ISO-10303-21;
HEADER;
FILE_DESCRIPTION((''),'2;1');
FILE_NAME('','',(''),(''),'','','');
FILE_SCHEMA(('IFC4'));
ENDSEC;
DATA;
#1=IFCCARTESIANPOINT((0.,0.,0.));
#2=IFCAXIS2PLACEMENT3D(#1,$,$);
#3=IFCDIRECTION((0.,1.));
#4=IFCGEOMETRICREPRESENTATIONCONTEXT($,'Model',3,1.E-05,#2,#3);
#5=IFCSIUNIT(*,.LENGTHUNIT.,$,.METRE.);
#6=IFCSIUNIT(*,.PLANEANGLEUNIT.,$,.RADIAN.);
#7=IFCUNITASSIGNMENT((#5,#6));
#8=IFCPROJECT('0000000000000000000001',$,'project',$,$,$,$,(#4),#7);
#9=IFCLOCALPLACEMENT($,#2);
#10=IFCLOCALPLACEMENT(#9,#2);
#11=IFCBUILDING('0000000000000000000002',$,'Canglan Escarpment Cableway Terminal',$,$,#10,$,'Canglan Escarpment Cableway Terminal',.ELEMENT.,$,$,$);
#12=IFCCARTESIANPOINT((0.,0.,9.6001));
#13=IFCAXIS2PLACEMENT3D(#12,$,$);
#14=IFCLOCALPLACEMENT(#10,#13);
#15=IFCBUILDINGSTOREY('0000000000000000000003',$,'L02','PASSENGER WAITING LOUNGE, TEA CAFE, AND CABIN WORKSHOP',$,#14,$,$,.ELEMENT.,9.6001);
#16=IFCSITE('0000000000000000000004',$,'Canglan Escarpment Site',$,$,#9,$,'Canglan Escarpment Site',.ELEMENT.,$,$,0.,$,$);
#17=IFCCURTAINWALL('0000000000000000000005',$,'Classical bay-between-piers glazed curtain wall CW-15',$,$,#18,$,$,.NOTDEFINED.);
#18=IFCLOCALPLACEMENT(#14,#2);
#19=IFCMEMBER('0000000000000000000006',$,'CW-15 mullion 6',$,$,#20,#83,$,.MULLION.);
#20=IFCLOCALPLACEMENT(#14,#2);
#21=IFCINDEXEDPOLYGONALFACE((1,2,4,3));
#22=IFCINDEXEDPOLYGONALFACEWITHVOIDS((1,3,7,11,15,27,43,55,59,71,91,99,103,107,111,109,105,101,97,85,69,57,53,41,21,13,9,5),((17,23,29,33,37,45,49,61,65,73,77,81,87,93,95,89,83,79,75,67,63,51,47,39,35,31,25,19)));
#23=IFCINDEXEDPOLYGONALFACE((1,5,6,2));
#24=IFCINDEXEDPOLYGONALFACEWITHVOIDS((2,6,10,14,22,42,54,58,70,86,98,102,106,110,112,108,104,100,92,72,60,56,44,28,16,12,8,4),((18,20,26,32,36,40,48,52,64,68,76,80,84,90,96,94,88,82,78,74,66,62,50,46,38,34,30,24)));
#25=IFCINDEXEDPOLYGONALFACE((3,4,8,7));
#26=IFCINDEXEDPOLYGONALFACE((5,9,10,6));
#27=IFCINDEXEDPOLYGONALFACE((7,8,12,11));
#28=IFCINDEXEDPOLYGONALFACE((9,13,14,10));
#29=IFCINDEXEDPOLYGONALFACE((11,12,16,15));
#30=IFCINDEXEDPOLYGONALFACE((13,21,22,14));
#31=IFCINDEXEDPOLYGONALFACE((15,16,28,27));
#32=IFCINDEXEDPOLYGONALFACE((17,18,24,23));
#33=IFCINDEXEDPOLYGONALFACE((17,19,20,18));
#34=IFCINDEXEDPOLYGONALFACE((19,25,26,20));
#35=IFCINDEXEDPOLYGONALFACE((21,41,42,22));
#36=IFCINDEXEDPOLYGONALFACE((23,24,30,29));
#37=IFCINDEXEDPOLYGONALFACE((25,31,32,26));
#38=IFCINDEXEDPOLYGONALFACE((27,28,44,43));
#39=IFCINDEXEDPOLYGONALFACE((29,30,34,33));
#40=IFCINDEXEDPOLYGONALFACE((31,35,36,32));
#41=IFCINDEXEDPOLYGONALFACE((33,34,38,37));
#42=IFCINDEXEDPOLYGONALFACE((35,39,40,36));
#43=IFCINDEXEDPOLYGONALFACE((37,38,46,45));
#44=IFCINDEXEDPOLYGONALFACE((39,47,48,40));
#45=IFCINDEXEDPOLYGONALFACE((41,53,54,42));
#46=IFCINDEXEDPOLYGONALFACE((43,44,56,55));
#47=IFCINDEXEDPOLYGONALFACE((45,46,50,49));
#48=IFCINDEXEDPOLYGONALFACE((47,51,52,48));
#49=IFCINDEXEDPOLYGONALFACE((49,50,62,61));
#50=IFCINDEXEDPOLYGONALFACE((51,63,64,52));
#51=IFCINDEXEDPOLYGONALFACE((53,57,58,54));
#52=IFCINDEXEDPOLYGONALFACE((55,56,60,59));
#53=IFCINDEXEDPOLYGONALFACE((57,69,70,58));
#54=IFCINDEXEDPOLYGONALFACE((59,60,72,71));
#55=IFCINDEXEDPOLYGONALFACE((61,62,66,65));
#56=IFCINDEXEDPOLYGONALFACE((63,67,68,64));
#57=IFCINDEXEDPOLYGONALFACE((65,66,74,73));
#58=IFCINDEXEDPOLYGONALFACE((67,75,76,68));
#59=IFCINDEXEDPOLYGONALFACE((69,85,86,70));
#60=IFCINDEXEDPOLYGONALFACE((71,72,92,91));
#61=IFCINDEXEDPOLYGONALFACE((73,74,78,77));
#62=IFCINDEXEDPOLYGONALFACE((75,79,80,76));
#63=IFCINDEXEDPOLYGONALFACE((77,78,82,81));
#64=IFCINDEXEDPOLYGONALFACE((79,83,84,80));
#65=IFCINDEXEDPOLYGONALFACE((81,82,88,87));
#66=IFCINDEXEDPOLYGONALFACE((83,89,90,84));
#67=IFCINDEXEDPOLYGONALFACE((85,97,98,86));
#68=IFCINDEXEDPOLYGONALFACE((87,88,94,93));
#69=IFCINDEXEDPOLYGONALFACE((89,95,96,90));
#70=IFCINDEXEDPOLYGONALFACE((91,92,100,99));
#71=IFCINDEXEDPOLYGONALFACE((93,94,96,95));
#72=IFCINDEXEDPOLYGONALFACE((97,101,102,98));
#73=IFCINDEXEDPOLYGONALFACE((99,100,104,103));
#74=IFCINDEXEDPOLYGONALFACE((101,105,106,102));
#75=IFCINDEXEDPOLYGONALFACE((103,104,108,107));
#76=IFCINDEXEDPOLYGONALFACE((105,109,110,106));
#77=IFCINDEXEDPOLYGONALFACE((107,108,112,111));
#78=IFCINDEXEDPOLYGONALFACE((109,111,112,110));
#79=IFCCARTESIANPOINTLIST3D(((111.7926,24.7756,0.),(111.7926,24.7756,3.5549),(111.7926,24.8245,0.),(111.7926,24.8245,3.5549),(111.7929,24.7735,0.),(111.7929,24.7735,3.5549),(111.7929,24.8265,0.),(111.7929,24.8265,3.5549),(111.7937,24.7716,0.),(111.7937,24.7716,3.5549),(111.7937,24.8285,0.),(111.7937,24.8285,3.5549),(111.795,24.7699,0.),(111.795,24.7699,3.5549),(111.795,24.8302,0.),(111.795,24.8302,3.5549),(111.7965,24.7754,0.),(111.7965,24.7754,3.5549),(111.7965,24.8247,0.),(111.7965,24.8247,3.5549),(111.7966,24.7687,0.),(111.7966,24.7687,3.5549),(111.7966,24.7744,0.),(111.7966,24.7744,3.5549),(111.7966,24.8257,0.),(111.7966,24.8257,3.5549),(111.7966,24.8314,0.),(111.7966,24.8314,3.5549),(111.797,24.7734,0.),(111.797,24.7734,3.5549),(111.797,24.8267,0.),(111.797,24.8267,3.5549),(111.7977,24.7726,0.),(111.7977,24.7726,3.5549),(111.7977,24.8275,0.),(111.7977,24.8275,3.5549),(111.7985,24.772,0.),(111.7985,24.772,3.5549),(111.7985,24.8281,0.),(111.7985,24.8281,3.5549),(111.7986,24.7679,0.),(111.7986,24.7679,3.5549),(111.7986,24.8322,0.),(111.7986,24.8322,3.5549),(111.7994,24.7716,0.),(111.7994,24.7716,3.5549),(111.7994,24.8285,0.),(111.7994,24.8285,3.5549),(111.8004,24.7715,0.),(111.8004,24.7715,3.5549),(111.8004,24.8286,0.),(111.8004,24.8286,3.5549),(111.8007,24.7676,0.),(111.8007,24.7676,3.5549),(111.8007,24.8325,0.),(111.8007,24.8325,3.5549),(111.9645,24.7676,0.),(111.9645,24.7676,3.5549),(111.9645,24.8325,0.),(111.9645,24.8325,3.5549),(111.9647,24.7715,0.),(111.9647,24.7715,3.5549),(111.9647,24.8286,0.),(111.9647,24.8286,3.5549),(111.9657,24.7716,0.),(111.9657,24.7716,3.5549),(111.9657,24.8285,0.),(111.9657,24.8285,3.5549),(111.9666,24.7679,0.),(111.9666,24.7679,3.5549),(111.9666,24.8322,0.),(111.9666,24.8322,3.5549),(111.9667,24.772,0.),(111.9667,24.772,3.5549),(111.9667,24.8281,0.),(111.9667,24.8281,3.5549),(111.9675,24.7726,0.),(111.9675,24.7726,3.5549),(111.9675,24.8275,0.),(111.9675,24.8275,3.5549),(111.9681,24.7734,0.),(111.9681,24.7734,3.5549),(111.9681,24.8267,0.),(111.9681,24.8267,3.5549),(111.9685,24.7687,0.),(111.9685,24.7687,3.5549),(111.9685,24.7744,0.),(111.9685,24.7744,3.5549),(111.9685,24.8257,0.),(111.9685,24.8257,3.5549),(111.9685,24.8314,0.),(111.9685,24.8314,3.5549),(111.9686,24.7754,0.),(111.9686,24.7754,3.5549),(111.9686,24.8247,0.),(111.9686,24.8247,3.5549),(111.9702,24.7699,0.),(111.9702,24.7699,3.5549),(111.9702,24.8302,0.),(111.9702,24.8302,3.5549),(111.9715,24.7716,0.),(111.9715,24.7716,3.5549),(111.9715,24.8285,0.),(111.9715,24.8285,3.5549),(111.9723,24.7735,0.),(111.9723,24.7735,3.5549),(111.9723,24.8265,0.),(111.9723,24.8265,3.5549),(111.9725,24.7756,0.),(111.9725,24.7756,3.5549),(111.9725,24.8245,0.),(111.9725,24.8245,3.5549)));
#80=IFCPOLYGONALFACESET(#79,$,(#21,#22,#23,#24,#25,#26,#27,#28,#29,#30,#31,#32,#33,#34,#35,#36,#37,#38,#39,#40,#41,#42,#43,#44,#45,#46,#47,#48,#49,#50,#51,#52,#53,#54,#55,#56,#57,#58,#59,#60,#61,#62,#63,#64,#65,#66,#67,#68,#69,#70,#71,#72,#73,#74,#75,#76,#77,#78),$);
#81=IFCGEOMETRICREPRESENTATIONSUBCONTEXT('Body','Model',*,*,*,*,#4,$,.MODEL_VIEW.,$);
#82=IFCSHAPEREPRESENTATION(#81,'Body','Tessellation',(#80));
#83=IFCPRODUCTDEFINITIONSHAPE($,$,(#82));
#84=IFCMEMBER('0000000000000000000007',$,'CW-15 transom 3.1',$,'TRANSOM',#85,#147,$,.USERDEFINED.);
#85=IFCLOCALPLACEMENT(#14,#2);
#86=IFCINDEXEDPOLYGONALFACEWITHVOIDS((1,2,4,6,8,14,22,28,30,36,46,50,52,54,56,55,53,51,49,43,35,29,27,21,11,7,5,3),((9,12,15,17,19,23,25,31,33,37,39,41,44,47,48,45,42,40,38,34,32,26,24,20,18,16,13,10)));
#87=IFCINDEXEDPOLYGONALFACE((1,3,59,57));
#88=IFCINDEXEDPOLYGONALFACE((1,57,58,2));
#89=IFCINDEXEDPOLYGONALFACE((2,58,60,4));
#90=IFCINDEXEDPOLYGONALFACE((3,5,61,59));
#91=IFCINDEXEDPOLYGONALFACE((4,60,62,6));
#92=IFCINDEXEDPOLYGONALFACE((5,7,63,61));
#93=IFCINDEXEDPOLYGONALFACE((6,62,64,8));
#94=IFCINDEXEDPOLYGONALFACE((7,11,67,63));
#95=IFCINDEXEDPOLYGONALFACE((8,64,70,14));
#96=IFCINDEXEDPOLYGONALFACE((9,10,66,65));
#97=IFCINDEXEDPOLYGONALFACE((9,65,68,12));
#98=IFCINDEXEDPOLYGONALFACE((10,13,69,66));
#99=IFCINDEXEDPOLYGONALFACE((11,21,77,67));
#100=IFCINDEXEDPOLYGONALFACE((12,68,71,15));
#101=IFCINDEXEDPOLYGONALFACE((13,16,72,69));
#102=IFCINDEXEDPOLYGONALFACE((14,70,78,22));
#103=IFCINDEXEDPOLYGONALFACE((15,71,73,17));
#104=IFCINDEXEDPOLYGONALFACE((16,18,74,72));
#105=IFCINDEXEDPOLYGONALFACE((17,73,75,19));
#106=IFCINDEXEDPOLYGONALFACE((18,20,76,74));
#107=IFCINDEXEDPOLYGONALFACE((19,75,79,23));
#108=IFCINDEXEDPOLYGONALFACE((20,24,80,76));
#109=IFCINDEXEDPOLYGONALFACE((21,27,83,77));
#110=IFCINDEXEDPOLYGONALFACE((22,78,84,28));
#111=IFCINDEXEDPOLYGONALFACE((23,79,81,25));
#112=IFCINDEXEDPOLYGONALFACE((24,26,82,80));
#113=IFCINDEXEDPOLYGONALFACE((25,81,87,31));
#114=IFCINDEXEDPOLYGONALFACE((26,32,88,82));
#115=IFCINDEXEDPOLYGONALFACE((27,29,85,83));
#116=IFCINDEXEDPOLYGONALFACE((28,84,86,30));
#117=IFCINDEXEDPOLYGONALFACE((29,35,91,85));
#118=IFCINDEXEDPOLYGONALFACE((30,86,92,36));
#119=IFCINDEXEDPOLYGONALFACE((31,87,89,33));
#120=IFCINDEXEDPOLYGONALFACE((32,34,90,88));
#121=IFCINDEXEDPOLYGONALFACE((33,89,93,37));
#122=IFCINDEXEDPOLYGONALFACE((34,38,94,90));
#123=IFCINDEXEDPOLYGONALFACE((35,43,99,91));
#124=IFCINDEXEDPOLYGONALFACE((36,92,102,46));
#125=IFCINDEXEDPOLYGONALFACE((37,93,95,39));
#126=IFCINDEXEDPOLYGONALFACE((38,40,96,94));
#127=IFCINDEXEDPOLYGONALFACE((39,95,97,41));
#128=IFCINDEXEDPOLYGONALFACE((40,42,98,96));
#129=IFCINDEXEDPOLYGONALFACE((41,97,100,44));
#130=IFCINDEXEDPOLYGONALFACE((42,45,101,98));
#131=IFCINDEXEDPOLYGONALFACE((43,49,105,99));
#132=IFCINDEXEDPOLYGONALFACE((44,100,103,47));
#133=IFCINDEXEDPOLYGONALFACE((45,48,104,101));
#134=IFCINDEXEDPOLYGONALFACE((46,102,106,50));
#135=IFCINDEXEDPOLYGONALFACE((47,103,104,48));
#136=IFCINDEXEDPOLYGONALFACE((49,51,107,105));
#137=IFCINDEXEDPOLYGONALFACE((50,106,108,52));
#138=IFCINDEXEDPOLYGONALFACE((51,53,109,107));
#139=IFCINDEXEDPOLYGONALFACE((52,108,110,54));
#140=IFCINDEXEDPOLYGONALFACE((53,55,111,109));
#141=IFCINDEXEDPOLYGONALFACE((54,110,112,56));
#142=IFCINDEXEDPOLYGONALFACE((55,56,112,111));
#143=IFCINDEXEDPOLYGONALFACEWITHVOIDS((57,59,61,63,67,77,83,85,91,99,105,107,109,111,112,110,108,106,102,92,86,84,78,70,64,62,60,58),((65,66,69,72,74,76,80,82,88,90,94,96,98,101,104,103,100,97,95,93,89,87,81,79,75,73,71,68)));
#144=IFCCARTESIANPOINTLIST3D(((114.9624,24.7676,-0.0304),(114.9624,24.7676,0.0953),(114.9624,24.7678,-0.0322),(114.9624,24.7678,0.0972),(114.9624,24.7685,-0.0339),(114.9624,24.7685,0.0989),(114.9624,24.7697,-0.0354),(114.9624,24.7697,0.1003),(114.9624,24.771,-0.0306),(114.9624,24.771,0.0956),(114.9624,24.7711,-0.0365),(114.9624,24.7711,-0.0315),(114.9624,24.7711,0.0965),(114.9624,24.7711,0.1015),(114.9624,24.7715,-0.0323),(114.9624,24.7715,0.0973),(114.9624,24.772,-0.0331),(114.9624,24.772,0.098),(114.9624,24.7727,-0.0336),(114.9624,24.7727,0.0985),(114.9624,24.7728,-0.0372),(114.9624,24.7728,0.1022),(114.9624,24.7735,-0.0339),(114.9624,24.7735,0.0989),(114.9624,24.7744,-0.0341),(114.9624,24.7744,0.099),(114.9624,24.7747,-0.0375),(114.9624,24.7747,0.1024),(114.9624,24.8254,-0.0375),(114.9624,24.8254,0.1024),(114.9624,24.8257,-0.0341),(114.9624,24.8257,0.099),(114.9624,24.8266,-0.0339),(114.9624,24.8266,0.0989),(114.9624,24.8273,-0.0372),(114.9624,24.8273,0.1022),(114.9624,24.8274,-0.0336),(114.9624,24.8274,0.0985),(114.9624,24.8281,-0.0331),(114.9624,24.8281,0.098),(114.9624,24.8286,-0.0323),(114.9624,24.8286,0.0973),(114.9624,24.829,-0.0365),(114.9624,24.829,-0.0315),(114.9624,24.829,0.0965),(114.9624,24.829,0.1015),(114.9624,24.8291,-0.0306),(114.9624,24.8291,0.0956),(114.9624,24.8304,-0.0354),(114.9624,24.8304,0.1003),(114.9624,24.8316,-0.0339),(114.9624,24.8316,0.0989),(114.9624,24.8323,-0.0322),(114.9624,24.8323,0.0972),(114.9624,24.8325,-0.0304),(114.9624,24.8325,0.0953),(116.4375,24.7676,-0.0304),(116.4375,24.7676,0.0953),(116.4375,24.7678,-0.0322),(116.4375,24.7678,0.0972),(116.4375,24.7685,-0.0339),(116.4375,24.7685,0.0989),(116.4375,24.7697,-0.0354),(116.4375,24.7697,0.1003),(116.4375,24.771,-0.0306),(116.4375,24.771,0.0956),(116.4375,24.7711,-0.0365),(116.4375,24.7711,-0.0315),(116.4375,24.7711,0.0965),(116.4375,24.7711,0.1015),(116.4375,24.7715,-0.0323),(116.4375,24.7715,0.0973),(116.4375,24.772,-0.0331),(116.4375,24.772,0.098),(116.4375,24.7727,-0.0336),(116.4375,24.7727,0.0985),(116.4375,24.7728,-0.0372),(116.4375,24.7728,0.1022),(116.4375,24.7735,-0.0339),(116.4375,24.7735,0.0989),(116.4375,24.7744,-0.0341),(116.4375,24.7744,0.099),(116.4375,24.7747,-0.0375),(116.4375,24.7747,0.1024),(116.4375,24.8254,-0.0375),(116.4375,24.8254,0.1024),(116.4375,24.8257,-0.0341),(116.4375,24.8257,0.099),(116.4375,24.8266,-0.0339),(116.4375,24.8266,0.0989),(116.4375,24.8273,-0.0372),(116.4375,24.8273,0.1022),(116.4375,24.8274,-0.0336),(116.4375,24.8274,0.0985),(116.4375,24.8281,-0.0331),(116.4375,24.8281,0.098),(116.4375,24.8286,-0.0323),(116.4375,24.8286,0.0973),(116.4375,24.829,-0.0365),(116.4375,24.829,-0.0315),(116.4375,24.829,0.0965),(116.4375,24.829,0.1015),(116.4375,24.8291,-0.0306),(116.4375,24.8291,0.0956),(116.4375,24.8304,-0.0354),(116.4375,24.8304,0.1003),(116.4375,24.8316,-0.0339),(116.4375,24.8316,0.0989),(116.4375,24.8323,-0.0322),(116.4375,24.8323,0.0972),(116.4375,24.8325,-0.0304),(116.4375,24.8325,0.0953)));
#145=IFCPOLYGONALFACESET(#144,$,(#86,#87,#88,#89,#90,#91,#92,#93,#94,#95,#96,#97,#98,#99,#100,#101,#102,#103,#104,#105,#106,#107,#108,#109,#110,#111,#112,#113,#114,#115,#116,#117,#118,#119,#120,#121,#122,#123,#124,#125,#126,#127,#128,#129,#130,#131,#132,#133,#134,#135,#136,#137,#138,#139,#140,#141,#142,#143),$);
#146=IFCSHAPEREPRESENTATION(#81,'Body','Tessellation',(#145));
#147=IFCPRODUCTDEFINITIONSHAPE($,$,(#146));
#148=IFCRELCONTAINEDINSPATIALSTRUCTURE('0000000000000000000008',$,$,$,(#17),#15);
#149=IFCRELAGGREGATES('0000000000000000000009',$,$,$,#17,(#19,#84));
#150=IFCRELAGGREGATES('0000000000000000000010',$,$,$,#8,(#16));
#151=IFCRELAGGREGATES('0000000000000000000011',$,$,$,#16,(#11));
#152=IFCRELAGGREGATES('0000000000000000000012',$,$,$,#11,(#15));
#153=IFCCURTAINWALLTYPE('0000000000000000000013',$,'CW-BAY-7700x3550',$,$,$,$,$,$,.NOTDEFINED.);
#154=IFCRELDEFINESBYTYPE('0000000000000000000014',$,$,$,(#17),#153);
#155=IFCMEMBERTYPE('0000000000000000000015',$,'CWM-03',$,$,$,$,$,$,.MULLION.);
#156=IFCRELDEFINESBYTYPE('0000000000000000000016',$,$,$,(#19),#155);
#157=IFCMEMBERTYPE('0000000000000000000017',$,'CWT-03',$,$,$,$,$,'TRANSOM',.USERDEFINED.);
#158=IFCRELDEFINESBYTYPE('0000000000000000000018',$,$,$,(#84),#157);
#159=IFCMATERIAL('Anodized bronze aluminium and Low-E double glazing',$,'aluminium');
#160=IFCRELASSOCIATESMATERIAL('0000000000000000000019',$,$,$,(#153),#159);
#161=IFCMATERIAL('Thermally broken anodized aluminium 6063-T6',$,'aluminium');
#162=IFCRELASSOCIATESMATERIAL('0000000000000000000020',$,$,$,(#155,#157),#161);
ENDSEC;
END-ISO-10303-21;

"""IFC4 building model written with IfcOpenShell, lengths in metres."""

from ifc_helpers import new_model, si_unit, direction, frame, origin, origin_2d, place, context, subcontext, project, spatial, hollow_rectangle, extrude, material, material_profile, profile_set, type_object, element, aggregate, save


model = new_model("IFC4")

# Units and contexts
model_context = context("Model", 3, precision=1e-05, world=origin(), true_north=direction((0.0, 1.0)))
body_context = subcontext(model_context, "Body", "Model", "MODEL_VIEW")
ifc_project = project(units=[si_unit("LENGTHUNIT", "METRE"), si_unit("PLANEANGLEUNIT", "RADIAN")], contexts=[model_context])

# Site, building, storey
site_placement = place(None, origin())
site = spatial("IfcSite", under=ifc_project, at=site_placement, Name="Canglan Escarpment Site", LongName="Canglan Escarpment Site", CompositionType="ELEMENT", RefElevation=0.0)
building_placement = place(site_placement, origin())
building = spatial("IfcBuilding", under=site, at=building_placement, Name="Canglan Escarpment Cableway Terminal", LongName="Canglan Escarpment Cableway Terminal", CompositionType="ELEMENT")
storey_placement = place(building_placement, frame((0.0, 0.0, 9.6001)))
storey = spatial("IfcBuildingStorey", under=building, at=storey_placement, Name="L02", Description="PASSENGER WAITING LOUNGE, TEA CAFE, AND CABIN WORKSHOP", CompositionType="ELEMENT", Elevation=9.6001)

# Curtain wall, members
ifc_material_1 = material(Name="Anodized bronze aluminium and Low-E double glazing", Category="aluminium")
curtain_wall_type = type_object("IfcCurtainWallType", Name="CW-BAY-7700x3550", PredefinedType="NOTDEFINED", material=ifc_material_1)
curtain_wall_placement = place(storey_placement, origin())
curtain_wall = element("IfcCurtainWall", 1, at=curtain_wall_placement, inside=storey, type_object=curtain_wall_type, Name="Classical bay-between-piers glazed curtain wall CW-15", PredefinedType="NOTDEFINED")
ifc_material_2 = material(Name="Thermally broken anodized aluminium 6063-T6", Category="aluminium")
ifc_material_profile_1 = material_profile(ifc_material_2, hollow_rectangle(XDim=0.0649, YDim=0.1799, WallThickness=0.0039, InnerFilletRadius=0.0039, OuterFilletRadius=0.0081, at=origin_2d()), Name="ALU-MULL 65x180x4")
ifc_profile_set_1 = profile_set([ifc_material_profile_1], Name="Thermally broken anodized aluminium 6063-T6")
member_type_1 = type_object("IfcMemberType", Name="CWM-03", PredefinedType="MULLION", material=ifc_profile_set_1)
member_1_placement = place(storey_placement, frame((111.8826, 24.8, 0.0), z_axis=(0.0, 0.0, 1.0), x_axis=(0.0, -1.0, 0.0)))
member_1 = element("IfcMember", 2, at=member_1_placement, type_object=member_type_1, Name="CW-15 mullion 6", PredefinedType="MULLION", context=body_context, shape_type="SweptSolid", body=[
    extrude(hollow_rectangle(XDim=0.0649, YDim=0.1799, WallThickness=0.0039, InnerFilletRadius=0.0039, OuterFilletRadius=0.0081, at=origin_2d()), origin(), (0.0, 0.0, 1.0), 3.5549),
])
ifc_material_profile_2 = material_profile(ifc_material_2, hollow_rectangle(XDim=0.0649, YDim=0.1399, WallThickness=0.0034, InnerFilletRadius=0.0034, OuterFilletRadius=0.0071, at=origin_2d()), Name="ALU-TRAN 65x140x3.5")
ifc_profile_set_2 = profile_set([ifc_material_profile_2], Name="Thermally broken anodized aluminium 6063-T6")
member_type_2 = type_object("IfcMemberType", Name="CWT-03", ElementType="TRANSOM", PredefinedType="USERDEFINED", material=ifc_profile_set_2)
member_2_placement = place(storey_placement, frame((116.4375, 24.8, 0.0325), z_axis=(-1.0, 0.0, 0.0), x_axis=(0.0, -1.0, 0.0)))
member_2 = element("IfcMember", 3, at=member_2_placement, type_object=member_type_2, Name="CW-15 transom 3.1", ObjectType="TRANSOM", PredefinedType="USERDEFINED", context=body_context, shape_type="SweptSolid", body=[
    extrude(hollow_rectangle(XDim=0.0649, YDim=0.1399, WallThickness=0.0034, InnerFilletRadius=0.0034, OuterFilletRadius=0.0071, at=origin_2d()), origin(), (0.0, 0.0, 1.0), 1.4751),
])

aggregate(curtain_wall, [member_1, member_2])

save(model, "model.ifc")
